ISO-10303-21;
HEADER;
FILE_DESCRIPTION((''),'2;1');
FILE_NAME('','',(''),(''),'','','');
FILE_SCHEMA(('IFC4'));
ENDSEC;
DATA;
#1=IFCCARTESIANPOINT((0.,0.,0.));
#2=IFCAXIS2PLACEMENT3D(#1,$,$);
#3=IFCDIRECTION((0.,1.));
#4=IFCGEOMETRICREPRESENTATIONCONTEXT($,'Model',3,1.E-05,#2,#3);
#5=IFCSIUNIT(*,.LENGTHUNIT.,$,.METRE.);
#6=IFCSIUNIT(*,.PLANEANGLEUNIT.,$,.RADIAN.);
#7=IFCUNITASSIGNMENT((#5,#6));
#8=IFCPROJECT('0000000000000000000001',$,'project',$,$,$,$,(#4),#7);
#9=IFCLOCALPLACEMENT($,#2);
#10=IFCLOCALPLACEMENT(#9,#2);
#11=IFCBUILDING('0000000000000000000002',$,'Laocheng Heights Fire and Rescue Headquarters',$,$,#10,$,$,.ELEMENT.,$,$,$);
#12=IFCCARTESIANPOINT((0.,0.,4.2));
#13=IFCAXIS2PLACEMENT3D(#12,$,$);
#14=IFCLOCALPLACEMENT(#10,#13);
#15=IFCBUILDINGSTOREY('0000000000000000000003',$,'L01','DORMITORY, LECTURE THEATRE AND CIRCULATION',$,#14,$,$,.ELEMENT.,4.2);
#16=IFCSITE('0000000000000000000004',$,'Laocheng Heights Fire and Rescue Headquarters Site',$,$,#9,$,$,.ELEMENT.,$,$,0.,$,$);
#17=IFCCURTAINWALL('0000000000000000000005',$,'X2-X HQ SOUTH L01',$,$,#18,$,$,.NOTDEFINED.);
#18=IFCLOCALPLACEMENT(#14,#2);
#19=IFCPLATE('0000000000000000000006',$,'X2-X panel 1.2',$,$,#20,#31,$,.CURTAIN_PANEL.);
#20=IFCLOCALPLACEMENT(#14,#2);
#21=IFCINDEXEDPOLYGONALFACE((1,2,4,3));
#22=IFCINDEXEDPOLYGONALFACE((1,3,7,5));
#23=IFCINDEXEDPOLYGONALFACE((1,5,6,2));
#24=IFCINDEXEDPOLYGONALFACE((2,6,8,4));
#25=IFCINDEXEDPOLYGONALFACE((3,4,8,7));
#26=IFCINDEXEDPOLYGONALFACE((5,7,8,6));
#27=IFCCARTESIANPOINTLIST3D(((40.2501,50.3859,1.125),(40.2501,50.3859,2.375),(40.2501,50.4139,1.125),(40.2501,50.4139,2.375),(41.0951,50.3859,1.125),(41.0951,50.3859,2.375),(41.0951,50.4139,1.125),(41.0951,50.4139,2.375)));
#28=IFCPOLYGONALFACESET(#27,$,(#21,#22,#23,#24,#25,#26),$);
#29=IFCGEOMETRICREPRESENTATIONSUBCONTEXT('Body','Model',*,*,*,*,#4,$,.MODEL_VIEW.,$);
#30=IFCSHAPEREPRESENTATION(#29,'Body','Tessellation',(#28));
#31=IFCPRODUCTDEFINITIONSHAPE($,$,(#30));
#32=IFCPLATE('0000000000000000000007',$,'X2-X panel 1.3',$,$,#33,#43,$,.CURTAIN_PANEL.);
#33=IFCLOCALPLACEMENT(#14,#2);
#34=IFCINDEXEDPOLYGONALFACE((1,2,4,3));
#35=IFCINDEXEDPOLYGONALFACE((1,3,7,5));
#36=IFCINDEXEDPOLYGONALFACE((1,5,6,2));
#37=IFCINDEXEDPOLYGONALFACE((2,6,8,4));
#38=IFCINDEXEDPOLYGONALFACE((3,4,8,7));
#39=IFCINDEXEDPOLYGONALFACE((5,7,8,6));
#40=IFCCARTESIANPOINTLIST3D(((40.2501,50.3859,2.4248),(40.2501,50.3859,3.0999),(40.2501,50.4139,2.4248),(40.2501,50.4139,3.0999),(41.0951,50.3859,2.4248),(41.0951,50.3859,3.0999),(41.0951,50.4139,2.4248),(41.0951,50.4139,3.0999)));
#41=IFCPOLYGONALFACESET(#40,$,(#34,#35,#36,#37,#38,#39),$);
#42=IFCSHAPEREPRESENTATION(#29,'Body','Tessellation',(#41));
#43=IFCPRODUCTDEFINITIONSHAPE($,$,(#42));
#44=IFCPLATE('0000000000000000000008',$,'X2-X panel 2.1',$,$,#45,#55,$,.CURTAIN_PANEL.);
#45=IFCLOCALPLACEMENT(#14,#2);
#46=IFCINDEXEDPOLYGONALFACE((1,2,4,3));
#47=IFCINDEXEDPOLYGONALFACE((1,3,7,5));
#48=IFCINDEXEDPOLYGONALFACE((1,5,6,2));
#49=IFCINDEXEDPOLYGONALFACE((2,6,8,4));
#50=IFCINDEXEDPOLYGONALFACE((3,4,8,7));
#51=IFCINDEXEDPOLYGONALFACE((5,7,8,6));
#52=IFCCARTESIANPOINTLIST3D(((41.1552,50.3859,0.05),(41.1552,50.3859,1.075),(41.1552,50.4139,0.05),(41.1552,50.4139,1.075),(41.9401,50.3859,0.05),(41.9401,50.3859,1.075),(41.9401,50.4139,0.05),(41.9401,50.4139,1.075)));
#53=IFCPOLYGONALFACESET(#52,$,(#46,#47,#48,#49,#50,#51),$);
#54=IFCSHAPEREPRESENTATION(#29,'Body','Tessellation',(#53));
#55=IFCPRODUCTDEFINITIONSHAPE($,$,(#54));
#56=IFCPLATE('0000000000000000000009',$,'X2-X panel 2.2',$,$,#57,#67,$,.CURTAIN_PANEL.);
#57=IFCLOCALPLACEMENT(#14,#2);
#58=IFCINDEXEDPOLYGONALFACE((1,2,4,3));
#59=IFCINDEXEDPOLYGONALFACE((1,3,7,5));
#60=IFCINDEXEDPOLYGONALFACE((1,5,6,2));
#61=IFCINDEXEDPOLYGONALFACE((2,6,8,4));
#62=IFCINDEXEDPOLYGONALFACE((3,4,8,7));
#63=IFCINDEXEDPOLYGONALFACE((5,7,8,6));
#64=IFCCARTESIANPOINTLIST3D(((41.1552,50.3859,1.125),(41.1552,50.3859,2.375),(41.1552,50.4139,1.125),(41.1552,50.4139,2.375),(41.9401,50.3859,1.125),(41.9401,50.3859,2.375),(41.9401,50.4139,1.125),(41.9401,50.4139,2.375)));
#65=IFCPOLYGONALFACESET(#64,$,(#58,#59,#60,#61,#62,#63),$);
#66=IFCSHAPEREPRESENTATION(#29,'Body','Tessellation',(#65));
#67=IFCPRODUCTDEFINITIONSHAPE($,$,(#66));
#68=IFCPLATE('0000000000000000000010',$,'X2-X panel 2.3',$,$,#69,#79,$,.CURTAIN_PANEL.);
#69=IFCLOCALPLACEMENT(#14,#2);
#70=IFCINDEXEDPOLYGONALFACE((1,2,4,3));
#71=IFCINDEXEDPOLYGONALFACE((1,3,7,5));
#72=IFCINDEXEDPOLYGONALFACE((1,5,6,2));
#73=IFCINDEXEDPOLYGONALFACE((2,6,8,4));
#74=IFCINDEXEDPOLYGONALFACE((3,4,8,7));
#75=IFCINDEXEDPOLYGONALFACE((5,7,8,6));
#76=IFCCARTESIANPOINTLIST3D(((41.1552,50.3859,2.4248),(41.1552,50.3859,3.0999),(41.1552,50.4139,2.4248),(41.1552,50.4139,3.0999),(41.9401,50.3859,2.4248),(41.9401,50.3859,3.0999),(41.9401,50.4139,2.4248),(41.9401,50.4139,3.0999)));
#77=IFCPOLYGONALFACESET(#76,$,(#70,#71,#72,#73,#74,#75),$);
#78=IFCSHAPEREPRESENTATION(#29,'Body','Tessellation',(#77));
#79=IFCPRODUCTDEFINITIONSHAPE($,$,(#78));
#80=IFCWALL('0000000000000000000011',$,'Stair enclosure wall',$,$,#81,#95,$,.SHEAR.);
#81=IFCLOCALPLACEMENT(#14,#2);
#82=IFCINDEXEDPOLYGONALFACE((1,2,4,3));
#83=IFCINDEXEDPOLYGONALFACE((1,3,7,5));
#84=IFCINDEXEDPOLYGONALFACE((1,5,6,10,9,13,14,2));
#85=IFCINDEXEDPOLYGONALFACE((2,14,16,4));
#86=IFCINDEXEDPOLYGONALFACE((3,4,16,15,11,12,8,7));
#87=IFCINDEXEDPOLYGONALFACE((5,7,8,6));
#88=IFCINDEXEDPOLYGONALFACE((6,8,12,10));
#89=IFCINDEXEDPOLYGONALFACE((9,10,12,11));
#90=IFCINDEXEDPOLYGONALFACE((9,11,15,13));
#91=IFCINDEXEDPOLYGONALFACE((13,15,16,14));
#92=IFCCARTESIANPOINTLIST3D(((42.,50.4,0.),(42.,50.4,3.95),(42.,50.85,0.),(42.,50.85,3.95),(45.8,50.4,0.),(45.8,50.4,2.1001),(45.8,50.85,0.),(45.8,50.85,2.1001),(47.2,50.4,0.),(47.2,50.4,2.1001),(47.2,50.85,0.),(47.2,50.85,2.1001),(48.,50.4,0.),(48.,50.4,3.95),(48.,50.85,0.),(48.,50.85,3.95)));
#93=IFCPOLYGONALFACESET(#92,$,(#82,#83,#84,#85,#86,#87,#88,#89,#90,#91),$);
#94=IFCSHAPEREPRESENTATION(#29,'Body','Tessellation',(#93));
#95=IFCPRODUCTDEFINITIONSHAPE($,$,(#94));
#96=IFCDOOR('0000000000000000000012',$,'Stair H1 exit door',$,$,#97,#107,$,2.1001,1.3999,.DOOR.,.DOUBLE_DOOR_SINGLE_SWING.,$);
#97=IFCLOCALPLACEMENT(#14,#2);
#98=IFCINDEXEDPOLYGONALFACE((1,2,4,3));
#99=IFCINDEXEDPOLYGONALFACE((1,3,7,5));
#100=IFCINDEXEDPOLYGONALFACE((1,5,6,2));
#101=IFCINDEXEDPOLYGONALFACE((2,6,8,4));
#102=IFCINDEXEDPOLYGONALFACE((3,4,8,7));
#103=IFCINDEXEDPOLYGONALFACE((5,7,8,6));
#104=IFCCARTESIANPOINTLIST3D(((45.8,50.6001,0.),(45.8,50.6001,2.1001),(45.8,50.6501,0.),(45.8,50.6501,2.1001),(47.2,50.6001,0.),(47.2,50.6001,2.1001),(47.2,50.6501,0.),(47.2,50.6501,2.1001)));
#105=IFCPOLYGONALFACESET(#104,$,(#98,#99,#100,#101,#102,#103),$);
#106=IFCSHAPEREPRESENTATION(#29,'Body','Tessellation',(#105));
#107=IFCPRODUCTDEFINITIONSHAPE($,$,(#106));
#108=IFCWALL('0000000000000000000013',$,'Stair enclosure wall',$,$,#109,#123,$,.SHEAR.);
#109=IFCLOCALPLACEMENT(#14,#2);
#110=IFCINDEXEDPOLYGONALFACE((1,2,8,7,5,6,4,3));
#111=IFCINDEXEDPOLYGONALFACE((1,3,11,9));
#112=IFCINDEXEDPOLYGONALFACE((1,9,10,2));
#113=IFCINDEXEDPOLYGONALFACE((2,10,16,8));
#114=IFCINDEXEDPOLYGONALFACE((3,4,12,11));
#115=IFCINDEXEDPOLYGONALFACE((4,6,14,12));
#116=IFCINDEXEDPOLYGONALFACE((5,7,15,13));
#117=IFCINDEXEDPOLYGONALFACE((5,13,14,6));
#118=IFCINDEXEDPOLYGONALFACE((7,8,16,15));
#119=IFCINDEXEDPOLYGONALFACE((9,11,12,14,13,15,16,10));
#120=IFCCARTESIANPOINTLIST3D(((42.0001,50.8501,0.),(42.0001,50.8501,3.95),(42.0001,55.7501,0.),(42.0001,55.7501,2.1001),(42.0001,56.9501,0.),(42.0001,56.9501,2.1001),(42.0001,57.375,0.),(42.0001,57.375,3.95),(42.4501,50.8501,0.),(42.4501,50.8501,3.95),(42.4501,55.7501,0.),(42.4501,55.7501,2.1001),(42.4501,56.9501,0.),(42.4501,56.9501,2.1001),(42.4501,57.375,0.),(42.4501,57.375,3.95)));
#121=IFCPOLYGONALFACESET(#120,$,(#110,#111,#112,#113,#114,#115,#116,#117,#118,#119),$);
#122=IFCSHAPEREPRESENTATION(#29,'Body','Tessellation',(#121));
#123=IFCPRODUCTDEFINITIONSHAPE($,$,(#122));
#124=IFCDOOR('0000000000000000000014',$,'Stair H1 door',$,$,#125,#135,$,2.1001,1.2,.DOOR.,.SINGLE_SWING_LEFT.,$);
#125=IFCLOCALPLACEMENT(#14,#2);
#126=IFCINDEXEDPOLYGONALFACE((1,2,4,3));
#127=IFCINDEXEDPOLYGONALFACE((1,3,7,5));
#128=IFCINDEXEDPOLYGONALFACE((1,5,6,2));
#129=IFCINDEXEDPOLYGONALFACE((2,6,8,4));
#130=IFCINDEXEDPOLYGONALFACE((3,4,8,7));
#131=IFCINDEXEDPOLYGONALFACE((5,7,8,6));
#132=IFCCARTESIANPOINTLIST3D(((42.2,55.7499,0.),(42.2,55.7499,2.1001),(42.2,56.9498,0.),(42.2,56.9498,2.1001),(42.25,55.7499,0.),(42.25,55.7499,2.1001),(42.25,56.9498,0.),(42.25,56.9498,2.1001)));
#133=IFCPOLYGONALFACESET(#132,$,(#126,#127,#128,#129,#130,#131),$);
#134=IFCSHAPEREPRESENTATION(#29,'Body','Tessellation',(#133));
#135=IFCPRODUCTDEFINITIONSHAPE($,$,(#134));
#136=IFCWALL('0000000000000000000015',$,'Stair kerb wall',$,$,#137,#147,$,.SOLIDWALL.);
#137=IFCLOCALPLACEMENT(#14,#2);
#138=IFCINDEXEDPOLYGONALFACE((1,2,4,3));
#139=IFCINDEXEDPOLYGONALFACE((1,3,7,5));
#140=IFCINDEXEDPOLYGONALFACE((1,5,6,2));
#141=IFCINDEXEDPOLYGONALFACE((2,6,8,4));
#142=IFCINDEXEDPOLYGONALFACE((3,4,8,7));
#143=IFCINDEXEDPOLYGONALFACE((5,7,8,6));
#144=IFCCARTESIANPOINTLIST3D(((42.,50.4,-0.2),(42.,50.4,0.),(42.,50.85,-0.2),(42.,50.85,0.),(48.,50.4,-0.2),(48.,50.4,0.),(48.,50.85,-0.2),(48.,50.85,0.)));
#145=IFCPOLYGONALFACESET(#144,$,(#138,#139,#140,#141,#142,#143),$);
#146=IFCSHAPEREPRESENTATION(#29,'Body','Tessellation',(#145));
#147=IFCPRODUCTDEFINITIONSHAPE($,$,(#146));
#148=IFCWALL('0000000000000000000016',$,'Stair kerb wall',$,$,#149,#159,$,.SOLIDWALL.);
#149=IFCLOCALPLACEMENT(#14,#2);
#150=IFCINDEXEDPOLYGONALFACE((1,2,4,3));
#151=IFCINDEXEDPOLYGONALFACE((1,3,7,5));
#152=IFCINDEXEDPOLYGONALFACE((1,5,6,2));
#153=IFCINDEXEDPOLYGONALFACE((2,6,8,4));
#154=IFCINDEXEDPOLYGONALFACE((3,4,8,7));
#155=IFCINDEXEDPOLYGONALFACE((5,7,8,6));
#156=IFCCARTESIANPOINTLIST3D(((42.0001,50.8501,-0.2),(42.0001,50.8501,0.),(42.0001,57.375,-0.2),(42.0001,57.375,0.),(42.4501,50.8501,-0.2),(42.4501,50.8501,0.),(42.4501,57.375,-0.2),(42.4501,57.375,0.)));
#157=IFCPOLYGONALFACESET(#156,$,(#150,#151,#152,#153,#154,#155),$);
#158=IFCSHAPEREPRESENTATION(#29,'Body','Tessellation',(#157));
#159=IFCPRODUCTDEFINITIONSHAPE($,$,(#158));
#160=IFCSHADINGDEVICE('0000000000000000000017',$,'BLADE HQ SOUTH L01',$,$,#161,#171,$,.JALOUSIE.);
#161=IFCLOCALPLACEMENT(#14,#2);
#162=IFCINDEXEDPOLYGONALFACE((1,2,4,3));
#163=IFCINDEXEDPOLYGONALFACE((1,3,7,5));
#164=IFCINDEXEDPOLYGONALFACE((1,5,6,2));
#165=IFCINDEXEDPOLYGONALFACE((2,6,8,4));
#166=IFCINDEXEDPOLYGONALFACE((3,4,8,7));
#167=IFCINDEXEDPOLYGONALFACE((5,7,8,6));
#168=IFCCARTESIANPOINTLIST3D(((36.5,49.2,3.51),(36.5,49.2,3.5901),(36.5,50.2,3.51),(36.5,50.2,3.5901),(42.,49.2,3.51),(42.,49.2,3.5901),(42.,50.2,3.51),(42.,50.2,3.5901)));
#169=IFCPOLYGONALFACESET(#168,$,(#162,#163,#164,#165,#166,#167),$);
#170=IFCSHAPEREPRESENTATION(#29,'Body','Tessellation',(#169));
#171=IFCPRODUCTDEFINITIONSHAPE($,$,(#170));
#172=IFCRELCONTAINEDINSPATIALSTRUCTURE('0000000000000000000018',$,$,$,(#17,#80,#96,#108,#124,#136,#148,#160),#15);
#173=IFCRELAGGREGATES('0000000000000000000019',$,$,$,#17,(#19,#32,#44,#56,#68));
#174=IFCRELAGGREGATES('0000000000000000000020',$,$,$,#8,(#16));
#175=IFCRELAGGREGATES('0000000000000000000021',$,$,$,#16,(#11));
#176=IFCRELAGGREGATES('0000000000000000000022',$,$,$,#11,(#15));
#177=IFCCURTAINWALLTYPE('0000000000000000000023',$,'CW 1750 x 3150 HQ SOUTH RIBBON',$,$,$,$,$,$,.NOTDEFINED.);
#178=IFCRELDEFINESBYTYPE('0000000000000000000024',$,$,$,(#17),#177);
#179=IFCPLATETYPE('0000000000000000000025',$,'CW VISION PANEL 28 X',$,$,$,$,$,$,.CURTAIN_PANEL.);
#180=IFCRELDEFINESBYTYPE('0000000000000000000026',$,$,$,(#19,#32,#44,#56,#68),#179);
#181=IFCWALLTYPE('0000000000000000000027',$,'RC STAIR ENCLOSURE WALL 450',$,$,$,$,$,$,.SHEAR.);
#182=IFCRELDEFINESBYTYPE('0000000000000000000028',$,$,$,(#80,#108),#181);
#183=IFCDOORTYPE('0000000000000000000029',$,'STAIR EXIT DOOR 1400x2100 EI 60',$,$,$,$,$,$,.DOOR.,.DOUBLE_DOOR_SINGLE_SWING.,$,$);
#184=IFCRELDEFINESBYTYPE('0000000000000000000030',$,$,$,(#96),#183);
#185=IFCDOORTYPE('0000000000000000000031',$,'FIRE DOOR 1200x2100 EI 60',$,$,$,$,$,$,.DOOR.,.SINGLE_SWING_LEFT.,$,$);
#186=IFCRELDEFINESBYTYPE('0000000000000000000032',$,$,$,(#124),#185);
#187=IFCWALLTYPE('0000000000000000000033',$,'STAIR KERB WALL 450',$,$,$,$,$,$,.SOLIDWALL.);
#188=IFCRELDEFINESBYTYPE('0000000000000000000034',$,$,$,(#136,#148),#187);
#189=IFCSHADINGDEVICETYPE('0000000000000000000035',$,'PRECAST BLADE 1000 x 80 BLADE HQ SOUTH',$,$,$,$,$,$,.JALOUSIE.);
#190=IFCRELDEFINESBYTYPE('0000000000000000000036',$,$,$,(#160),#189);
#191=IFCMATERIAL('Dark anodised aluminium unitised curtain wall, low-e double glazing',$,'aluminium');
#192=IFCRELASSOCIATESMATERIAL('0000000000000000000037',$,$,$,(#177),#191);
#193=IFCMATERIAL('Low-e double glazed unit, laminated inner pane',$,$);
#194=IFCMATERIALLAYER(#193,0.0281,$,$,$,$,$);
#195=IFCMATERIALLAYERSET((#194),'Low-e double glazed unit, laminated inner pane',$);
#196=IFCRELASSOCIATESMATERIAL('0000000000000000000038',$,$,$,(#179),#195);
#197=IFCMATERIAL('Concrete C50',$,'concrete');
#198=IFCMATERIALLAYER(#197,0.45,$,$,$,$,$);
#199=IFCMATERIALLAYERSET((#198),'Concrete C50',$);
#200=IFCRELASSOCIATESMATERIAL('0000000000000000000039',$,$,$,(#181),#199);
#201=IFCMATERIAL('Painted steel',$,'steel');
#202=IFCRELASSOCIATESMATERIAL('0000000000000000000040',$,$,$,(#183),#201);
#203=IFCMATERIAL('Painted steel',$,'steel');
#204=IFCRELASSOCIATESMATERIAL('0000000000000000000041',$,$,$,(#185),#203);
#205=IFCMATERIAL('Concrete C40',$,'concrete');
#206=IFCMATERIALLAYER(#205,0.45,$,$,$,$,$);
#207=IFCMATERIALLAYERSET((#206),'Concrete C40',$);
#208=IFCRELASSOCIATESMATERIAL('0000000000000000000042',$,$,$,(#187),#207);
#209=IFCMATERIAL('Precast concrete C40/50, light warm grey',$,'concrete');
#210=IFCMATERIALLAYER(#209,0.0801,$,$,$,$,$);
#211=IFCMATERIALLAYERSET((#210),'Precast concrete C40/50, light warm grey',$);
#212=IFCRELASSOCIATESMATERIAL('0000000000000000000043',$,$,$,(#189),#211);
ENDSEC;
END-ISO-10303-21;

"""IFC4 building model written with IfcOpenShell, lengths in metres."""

from ifc_helpers import new_model, si_unit, direction, frame, frame_2d, origin, origin_2d, place, context, subcontext, project, spatial, rectangle, extrude, material, layer, layer_set, type_object, element, fill, aggregate, save


model = new_model("IFC4")

# Units and contexts
model_context = context("Model", 3, precision=1e-05, world=origin(), true_north=direction((0.0, 1.0)))
body_context = subcontext(model_context, "Body", "Model", "MODEL_VIEW")
ifc_project = project(units=[si_unit("LENGTHUNIT", "METRE"), si_unit("PLANEANGLEUNIT", "RADIAN")], contexts=[model_context])

# Site, building, storey
site_placement = place(None, origin())
site = spatial("IfcSite", under=ifc_project, at=site_placement, Name="Laocheng Heights Fire and Rescue Headquarters Site", CompositionType="ELEMENT", RefElevation=0.0)
building_placement = place(site_placement, origin())
building = spatial("IfcBuilding", under=site, at=building_placement, Name="Laocheng Heights Fire and Rescue Headquarters", CompositionType="ELEMENT")
storey_placement = place(building_placement, frame((0.0, 0.0, 4.2)))
storey = spatial("IfcBuildingStorey", under=building, at=storey_placement, Name="L01", Description="DORMITORY, LECTURE THEATRE AND CIRCULATION", CompositionType="ELEMENT", Elevation=4.2)

# Curtain wall, plates
ifc_material_1 = material(Name="Dark anodised aluminium unitised curtain wall, low-e double glazing", Category="aluminium")
curtain_wall_type = type_object("IfcCurtainWallType", Name="CW 1750 x 3150 HQ SOUTH RIBBON", PredefinedType="NOTDEFINED", material=ifc_material_1)
curtain_wall_placement = place(storey_placement, origin())
curtain_wall = element("IfcCurtainWall", 1, at=curtain_wall_placement, inside=storey, type_object=curtain_wall_type, Name="X2-X HQ SOUTH L01", PredefinedType="NOTDEFINED")
ifc_material_2 = material(Name="Low-e double glazed unit, laminated inner pane")
ifc_layer_1 = layer(ifc_material_2, 0.0281)
ifc_layer_set_1 = layer_set([ifc_layer_1], Name="Low-e double glazed unit, laminated inner pane")
plate_type = type_object("IfcPlateType", Name="CW VISION PANEL 28 X", PredefinedType="CURTAIN_PANEL", material=ifc_layer_set_1)
plate_1_placement = place(storey_placement, frame((40.6726, 50.3999, 1.125), z_axis=(0.0, 0.0, 1.0), x_axis=(1.0, 0.0, 0.0)))
plate_1 = element("IfcPlate", 2, at=plate_1_placement, type_object=plate_type, Name="X2-X panel 1.2", PredefinedType="CURTAIN_PANEL", context=body_context, shape_type="SweptSolid", body=[
    extrude(rectangle(XDim=0.845, YDim=0.0281, at=origin_2d()), origin(), (0.0, 0.0, 1.0), 1.25),
])
plate_2_placement = place(storey_placement, frame((40.6726, 50.3999, 2.4248), z_axis=(0.0, 0.0, 1.0), x_axis=(1.0, 0.0, 0.0)))
plate_2 = element("IfcPlate", 3, at=plate_2_placement, type_object=plate_type, Name="X2-X panel 1.3", PredefinedType="CURTAIN_PANEL", context=body_context, shape_type="SweptSolid", body=[
    extrude(rectangle(XDim=0.845, YDim=0.0281, at=origin_2d()), origin(), (0.0, 0.0, 1.0), 0.675),
])
plate_3_placement = place(storey_placement, frame((41.5476, 50.3999, 0.05), z_axis=(0.0, 0.0, 1.0), x_axis=(1.0, 0.0, 0.0)))
plate_3 = element("IfcPlate", 4, at=plate_3_placement, type_object=plate_type, Name="X2-X panel 2.1", PredefinedType="CURTAIN_PANEL", context=body_context, shape_type="SweptSolid", body=[
    extrude(rectangle(XDim=0.7849, YDim=0.0281, at=origin_2d()), origin(), (0.0, 0.0, 1.0), 1.0249),
])
plate_4_placement = place(storey_placement, frame((41.5476, 50.3999, 1.125), z_axis=(0.0, 0.0, 1.0), x_axis=(1.0, 0.0, 0.0)))
plate_4 = element("IfcPlate", 5, at=plate_4_placement, type_object=plate_type, Name="X2-X panel 2.2", PredefinedType="CURTAIN_PANEL", context=body_context, shape_type="SweptSolid", body=[
    extrude(rectangle(XDim=0.7849, YDim=0.0281, at=origin_2d()), origin(), (0.0, 0.0, 1.0), 1.25),
])
plate_5_placement = place(storey_placement, frame((41.5476, 50.3999, 2.4248), z_axis=(0.0, 0.0, 1.0), x_axis=(1.0, 0.0, 0.0)))
plate_5 = element("IfcPlate", 6, at=plate_5_placement, type_object=plate_type, Name="X2-X panel 2.3", PredefinedType="CURTAIN_PANEL", context=body_context, shape_type="SweptSolid", body=[
    extrude(rectangle(XDim=0.7849, YDim=0.0281, at=origin_2d()), origin(), (0.0, 0.0, 1.0), 0.675),
])
aggregate(curtain_wall, [plate_1, plate_2, plate_3, plate_4, plate_5])

# Walls, openings, doors
ifc_material_3 = material(Name="Concrete C50", Category="concrete")
ifc_layer_2 = layer(ifc_material_3, 0.45)
ifc_layer_set_2 = layer_set([ifc_layer_2], Name="Concrete C50")
wall_type_1 = type_object("IfcWallType", Name="RC STAIR ENCLOSURE WALL 450", PredefinedType="SHEAR", material=ifc_layer_set_2)
wall_1_placement = place(storey_placement, frame((42.0, 50.625, 0.0), z_axis=(0.0, 0.0, 1.0), x_axis=(1.0, 0.0, 0.0)))
wall_1 = element("IfcWall", 7, at=wall_1_placement, inside=storey, type_object=wall_type_1, Name="Stair enclosure wall", PredefinedType="SHEAR", context=body_context, shape_type="SweptSolid", body=[
    extrude(rectangle(XDim=6.0, YDim=0.45, at=frame_2d((3.0, 0.0))), origin(), (0.0, 0.0, 1.0), 3.95),
])
opening_1_placement = place(wall_1_placement, frame((3.8, 0.0, 0.0)))
opening_1 = element("IfcOpeningElement", 8, at=opening_1_placement, cuts=wall_1, PredefinedType="OPENING", context=body_context, shape_type="SweptSolid", body=[
    extrude(rectangle(XDim=1.3999, YDim=2.1001, at=frame_2d((0.7, 1.05))), frame((0.0, 0.2349, 0.0), z_axis=(0.0, -1.0, 0.0), x_axis=(1.0, 0.0, 0.0)), (0.0, 0.0, 1.0), 0.47),
])
ifc_material_4 = material(Name="Painted steel", Category="steel")
door_type_1 = type_object("IfcDoorType", Name="STAIR EXIT DOOR 1400x2100 EI 60", OperationType="DOUBLE_DOOR_SINGLE_SWING", PredefinedType="DOOR", material=ifc_material_4)
door_1_placement = place(opening_1_placement, frame((1.3999, 0.0, 0.0), z_axis=(0.0, 0.0, 1.0), x_axis=(-1.0, 0.0, 0.0)))
door_1 = element("IfcDoor", 9, at=door_1_placement, inside=storey, type_object=door_type_1, Name="Stair H1 exit door", OperationType="DOUBLE_DOOR_SINGLE_SWING", OverallHeight=2.1001, OverallWidth=1.3999, PredefinedType="DOOR", context=body_context, shape_type="SweptSolid", body=[
    extrude(rectangle(XDim=1.3999, YDim=2.1001, at=frame_2d((0.7, 1.05))), frame((0.0, 0.0249, 0.0), z_axis=(0.0, -1.0, 0.0), x_axis=(1.0, 0.0, 0.0)), (0.0, 0.0, 1.0), 0.05),
])
fill(opening_1, door_1)
wall_2_placement = place(storey_placement, frame((42.2251, 50.8501, 0.0), z_axis=(0.0, 0.0, 1.0), x_axis=(0.0, 1.0, 0.0)))
wall_2 = element("IfcWall", 10, at=wall_2_placement, inside=storey, type_object=wall_type_1, Name="Stair enclosure wall", PredefinedType="SHEAR", context=body_context, shape_type="SweptSolid", body=[
    extrude(rectangle(XDim=6.5249, YDim=0.45, at=frame_2d((3.2625, 0.0))), origin(), (0.0, 0.0, 1.0), 3.95),
])
opening_2_placement = place(wall_2_placement, frame((4.8999, 0.0, 0.0)))
opening_2 = element("IfcOpeningElement", 11, at=opening_2_placement, cuts=wall_2, PredefinedType="OPENING", context=body_context, shape_type="SweptSolid", body=[
    extrude(rectangle(XDim=1.2, YDim=2.1001, at=frame_2d((0.6001, 1.05))), frame((0.0, 0.2349, 0.0), z_axis=(0.0, -1.0, 0.0), x_axis=(1.0, 0.0, 0.0)), (0.0, 0.0, 1.0), 0.47),
])
ifc_material_5 = material(Name="Painted steel", Category="steel")
door_type_2 = type_object("IfcDoorType", Name="FIRE DOOR 1200x2100 EI 60", OperationType="SINGLE_SWING_LEFT", PredefinedType="DOOR", material=ifc_material_5)
door_2_placement = place(opening_2_placement, frame((1.2, 0.0, 0.0), z_axis=(0.0, 0.0, 1.0), x_axis=(-1.0, 0.0, 0.0)))
door_2 = element("IfcDoor", 12, at=door_2_placement, inside=storey, type_object=door_type_2, Name="Stair H1 door", OperationType="SINGLE_SWING_LEFT", OverallHeight=2.1001, OverallWidth=1.2, PredefinedType="DOOR", context=body_context, shape_type="SweptSolid", body=[
    extrude(rectangle(XDim=1.2, YDim=2.1001, at=frame_2d((0.6001, 1.05))), frame((0.0, 0.0249, 0.0), z_axis=(0.0, -1.0, 0.0), x_axis=(1.0, 0.0, 0.0)), (0.0, 0.0, 1.0), 0.05),
])
fill(opening_2, door_2)

# Walls
ifc_material_6 = material(Name="Concrete C40", Category="concrete")
ifc_layer_3 = layer(ifc_material_6, 0.45)
ifc_layer_set_3 = layer_set([ifc_layer_3], Name="Concrete C40")
wall_type_2 = type_object("IfcWallType", Name="STAIR KERB WALL 450", PredefinedType="SOLIDWALL", material=ifc_layer_set_3)
wall_3_placement = place(storey_placement, frame((42.0, 50.625, -0.2), z_axis=(0.0, 0.0, 1.0), x_axis=(1.0, 0.0, 0.0)))
element("IfcWall", 13, at=wall_3_placement, inside=storey, type_object=wall_type_2, Name="Stair kerb wall", PredefinedType="SOLIDWALL", context=body_context, shape_type="SweptSolid", body=[
    extrude(rectangle(XDim=6.0, YDim=0.45, at=frame_2d((3.0, 0.0))), origin(), (0.0, 0.0, 1.0), 0.2),
])
wall_4_placement = place(storey_placement, frame((42.2251, 50.8501, -0.2), z_axis=(0.0, 0.0, 1.0), x_axis=(0.0, 1.0, 0.0)))
element("IfcWall", 14, at=wall_4_placement, inside=storey, type_object=wall_type_2, Name="Stair kerb wall", PredefinedType="SOLIDWALL", context=body_context, shape_type="SweptSolid", body=[
    extrude(rectangle(XDim=6.5249, YDim=0.45, at=frame_2d((3.2625, 0.0))), origin(), (0.0, 0.0, 1.0), 0.2),
])

# Shading device
ifc_material_7 = material(Name="Precast concrete C40/50, light warm grey", Category="concrete")
ifc_layer_4 = layer(ifc_material_7, 0.0801)
ifc_layer_set_4 = layer_set([ifc_layer_4], Name="Precast concrete C40/50, light warm grey")
shading_device_type = type_object("IfcShadingDeviceType", Name="PRECAST BLADE 1000 x 80 BLADE HQ SOUTH", PredefinedType="JALOUSIE", material=ifc_layer_set_4)
shading_device_placement = place(storey_placement, frame((39.25, 49.7, 3.51), z_axis=(0.0, 0.0, 1.0), x_axis=(1.0, 0.0, 0.0)))
element("IfcShadingDevice", 15, at=shading_device_placement, inside=storey, type_object=shading_device_type, Name="BLADE HQ SOUTH L01", PredefinedType="JALOUSIE", context=body_context, shape_type="SweptSolid", body=[
    extrude(rectangle(XDim=5.5, YDim=1.0, at=origin_2d()), origin(), (0.0, 0.0, 1.0), 0.0801),
])

save(model, "model.ifc")
